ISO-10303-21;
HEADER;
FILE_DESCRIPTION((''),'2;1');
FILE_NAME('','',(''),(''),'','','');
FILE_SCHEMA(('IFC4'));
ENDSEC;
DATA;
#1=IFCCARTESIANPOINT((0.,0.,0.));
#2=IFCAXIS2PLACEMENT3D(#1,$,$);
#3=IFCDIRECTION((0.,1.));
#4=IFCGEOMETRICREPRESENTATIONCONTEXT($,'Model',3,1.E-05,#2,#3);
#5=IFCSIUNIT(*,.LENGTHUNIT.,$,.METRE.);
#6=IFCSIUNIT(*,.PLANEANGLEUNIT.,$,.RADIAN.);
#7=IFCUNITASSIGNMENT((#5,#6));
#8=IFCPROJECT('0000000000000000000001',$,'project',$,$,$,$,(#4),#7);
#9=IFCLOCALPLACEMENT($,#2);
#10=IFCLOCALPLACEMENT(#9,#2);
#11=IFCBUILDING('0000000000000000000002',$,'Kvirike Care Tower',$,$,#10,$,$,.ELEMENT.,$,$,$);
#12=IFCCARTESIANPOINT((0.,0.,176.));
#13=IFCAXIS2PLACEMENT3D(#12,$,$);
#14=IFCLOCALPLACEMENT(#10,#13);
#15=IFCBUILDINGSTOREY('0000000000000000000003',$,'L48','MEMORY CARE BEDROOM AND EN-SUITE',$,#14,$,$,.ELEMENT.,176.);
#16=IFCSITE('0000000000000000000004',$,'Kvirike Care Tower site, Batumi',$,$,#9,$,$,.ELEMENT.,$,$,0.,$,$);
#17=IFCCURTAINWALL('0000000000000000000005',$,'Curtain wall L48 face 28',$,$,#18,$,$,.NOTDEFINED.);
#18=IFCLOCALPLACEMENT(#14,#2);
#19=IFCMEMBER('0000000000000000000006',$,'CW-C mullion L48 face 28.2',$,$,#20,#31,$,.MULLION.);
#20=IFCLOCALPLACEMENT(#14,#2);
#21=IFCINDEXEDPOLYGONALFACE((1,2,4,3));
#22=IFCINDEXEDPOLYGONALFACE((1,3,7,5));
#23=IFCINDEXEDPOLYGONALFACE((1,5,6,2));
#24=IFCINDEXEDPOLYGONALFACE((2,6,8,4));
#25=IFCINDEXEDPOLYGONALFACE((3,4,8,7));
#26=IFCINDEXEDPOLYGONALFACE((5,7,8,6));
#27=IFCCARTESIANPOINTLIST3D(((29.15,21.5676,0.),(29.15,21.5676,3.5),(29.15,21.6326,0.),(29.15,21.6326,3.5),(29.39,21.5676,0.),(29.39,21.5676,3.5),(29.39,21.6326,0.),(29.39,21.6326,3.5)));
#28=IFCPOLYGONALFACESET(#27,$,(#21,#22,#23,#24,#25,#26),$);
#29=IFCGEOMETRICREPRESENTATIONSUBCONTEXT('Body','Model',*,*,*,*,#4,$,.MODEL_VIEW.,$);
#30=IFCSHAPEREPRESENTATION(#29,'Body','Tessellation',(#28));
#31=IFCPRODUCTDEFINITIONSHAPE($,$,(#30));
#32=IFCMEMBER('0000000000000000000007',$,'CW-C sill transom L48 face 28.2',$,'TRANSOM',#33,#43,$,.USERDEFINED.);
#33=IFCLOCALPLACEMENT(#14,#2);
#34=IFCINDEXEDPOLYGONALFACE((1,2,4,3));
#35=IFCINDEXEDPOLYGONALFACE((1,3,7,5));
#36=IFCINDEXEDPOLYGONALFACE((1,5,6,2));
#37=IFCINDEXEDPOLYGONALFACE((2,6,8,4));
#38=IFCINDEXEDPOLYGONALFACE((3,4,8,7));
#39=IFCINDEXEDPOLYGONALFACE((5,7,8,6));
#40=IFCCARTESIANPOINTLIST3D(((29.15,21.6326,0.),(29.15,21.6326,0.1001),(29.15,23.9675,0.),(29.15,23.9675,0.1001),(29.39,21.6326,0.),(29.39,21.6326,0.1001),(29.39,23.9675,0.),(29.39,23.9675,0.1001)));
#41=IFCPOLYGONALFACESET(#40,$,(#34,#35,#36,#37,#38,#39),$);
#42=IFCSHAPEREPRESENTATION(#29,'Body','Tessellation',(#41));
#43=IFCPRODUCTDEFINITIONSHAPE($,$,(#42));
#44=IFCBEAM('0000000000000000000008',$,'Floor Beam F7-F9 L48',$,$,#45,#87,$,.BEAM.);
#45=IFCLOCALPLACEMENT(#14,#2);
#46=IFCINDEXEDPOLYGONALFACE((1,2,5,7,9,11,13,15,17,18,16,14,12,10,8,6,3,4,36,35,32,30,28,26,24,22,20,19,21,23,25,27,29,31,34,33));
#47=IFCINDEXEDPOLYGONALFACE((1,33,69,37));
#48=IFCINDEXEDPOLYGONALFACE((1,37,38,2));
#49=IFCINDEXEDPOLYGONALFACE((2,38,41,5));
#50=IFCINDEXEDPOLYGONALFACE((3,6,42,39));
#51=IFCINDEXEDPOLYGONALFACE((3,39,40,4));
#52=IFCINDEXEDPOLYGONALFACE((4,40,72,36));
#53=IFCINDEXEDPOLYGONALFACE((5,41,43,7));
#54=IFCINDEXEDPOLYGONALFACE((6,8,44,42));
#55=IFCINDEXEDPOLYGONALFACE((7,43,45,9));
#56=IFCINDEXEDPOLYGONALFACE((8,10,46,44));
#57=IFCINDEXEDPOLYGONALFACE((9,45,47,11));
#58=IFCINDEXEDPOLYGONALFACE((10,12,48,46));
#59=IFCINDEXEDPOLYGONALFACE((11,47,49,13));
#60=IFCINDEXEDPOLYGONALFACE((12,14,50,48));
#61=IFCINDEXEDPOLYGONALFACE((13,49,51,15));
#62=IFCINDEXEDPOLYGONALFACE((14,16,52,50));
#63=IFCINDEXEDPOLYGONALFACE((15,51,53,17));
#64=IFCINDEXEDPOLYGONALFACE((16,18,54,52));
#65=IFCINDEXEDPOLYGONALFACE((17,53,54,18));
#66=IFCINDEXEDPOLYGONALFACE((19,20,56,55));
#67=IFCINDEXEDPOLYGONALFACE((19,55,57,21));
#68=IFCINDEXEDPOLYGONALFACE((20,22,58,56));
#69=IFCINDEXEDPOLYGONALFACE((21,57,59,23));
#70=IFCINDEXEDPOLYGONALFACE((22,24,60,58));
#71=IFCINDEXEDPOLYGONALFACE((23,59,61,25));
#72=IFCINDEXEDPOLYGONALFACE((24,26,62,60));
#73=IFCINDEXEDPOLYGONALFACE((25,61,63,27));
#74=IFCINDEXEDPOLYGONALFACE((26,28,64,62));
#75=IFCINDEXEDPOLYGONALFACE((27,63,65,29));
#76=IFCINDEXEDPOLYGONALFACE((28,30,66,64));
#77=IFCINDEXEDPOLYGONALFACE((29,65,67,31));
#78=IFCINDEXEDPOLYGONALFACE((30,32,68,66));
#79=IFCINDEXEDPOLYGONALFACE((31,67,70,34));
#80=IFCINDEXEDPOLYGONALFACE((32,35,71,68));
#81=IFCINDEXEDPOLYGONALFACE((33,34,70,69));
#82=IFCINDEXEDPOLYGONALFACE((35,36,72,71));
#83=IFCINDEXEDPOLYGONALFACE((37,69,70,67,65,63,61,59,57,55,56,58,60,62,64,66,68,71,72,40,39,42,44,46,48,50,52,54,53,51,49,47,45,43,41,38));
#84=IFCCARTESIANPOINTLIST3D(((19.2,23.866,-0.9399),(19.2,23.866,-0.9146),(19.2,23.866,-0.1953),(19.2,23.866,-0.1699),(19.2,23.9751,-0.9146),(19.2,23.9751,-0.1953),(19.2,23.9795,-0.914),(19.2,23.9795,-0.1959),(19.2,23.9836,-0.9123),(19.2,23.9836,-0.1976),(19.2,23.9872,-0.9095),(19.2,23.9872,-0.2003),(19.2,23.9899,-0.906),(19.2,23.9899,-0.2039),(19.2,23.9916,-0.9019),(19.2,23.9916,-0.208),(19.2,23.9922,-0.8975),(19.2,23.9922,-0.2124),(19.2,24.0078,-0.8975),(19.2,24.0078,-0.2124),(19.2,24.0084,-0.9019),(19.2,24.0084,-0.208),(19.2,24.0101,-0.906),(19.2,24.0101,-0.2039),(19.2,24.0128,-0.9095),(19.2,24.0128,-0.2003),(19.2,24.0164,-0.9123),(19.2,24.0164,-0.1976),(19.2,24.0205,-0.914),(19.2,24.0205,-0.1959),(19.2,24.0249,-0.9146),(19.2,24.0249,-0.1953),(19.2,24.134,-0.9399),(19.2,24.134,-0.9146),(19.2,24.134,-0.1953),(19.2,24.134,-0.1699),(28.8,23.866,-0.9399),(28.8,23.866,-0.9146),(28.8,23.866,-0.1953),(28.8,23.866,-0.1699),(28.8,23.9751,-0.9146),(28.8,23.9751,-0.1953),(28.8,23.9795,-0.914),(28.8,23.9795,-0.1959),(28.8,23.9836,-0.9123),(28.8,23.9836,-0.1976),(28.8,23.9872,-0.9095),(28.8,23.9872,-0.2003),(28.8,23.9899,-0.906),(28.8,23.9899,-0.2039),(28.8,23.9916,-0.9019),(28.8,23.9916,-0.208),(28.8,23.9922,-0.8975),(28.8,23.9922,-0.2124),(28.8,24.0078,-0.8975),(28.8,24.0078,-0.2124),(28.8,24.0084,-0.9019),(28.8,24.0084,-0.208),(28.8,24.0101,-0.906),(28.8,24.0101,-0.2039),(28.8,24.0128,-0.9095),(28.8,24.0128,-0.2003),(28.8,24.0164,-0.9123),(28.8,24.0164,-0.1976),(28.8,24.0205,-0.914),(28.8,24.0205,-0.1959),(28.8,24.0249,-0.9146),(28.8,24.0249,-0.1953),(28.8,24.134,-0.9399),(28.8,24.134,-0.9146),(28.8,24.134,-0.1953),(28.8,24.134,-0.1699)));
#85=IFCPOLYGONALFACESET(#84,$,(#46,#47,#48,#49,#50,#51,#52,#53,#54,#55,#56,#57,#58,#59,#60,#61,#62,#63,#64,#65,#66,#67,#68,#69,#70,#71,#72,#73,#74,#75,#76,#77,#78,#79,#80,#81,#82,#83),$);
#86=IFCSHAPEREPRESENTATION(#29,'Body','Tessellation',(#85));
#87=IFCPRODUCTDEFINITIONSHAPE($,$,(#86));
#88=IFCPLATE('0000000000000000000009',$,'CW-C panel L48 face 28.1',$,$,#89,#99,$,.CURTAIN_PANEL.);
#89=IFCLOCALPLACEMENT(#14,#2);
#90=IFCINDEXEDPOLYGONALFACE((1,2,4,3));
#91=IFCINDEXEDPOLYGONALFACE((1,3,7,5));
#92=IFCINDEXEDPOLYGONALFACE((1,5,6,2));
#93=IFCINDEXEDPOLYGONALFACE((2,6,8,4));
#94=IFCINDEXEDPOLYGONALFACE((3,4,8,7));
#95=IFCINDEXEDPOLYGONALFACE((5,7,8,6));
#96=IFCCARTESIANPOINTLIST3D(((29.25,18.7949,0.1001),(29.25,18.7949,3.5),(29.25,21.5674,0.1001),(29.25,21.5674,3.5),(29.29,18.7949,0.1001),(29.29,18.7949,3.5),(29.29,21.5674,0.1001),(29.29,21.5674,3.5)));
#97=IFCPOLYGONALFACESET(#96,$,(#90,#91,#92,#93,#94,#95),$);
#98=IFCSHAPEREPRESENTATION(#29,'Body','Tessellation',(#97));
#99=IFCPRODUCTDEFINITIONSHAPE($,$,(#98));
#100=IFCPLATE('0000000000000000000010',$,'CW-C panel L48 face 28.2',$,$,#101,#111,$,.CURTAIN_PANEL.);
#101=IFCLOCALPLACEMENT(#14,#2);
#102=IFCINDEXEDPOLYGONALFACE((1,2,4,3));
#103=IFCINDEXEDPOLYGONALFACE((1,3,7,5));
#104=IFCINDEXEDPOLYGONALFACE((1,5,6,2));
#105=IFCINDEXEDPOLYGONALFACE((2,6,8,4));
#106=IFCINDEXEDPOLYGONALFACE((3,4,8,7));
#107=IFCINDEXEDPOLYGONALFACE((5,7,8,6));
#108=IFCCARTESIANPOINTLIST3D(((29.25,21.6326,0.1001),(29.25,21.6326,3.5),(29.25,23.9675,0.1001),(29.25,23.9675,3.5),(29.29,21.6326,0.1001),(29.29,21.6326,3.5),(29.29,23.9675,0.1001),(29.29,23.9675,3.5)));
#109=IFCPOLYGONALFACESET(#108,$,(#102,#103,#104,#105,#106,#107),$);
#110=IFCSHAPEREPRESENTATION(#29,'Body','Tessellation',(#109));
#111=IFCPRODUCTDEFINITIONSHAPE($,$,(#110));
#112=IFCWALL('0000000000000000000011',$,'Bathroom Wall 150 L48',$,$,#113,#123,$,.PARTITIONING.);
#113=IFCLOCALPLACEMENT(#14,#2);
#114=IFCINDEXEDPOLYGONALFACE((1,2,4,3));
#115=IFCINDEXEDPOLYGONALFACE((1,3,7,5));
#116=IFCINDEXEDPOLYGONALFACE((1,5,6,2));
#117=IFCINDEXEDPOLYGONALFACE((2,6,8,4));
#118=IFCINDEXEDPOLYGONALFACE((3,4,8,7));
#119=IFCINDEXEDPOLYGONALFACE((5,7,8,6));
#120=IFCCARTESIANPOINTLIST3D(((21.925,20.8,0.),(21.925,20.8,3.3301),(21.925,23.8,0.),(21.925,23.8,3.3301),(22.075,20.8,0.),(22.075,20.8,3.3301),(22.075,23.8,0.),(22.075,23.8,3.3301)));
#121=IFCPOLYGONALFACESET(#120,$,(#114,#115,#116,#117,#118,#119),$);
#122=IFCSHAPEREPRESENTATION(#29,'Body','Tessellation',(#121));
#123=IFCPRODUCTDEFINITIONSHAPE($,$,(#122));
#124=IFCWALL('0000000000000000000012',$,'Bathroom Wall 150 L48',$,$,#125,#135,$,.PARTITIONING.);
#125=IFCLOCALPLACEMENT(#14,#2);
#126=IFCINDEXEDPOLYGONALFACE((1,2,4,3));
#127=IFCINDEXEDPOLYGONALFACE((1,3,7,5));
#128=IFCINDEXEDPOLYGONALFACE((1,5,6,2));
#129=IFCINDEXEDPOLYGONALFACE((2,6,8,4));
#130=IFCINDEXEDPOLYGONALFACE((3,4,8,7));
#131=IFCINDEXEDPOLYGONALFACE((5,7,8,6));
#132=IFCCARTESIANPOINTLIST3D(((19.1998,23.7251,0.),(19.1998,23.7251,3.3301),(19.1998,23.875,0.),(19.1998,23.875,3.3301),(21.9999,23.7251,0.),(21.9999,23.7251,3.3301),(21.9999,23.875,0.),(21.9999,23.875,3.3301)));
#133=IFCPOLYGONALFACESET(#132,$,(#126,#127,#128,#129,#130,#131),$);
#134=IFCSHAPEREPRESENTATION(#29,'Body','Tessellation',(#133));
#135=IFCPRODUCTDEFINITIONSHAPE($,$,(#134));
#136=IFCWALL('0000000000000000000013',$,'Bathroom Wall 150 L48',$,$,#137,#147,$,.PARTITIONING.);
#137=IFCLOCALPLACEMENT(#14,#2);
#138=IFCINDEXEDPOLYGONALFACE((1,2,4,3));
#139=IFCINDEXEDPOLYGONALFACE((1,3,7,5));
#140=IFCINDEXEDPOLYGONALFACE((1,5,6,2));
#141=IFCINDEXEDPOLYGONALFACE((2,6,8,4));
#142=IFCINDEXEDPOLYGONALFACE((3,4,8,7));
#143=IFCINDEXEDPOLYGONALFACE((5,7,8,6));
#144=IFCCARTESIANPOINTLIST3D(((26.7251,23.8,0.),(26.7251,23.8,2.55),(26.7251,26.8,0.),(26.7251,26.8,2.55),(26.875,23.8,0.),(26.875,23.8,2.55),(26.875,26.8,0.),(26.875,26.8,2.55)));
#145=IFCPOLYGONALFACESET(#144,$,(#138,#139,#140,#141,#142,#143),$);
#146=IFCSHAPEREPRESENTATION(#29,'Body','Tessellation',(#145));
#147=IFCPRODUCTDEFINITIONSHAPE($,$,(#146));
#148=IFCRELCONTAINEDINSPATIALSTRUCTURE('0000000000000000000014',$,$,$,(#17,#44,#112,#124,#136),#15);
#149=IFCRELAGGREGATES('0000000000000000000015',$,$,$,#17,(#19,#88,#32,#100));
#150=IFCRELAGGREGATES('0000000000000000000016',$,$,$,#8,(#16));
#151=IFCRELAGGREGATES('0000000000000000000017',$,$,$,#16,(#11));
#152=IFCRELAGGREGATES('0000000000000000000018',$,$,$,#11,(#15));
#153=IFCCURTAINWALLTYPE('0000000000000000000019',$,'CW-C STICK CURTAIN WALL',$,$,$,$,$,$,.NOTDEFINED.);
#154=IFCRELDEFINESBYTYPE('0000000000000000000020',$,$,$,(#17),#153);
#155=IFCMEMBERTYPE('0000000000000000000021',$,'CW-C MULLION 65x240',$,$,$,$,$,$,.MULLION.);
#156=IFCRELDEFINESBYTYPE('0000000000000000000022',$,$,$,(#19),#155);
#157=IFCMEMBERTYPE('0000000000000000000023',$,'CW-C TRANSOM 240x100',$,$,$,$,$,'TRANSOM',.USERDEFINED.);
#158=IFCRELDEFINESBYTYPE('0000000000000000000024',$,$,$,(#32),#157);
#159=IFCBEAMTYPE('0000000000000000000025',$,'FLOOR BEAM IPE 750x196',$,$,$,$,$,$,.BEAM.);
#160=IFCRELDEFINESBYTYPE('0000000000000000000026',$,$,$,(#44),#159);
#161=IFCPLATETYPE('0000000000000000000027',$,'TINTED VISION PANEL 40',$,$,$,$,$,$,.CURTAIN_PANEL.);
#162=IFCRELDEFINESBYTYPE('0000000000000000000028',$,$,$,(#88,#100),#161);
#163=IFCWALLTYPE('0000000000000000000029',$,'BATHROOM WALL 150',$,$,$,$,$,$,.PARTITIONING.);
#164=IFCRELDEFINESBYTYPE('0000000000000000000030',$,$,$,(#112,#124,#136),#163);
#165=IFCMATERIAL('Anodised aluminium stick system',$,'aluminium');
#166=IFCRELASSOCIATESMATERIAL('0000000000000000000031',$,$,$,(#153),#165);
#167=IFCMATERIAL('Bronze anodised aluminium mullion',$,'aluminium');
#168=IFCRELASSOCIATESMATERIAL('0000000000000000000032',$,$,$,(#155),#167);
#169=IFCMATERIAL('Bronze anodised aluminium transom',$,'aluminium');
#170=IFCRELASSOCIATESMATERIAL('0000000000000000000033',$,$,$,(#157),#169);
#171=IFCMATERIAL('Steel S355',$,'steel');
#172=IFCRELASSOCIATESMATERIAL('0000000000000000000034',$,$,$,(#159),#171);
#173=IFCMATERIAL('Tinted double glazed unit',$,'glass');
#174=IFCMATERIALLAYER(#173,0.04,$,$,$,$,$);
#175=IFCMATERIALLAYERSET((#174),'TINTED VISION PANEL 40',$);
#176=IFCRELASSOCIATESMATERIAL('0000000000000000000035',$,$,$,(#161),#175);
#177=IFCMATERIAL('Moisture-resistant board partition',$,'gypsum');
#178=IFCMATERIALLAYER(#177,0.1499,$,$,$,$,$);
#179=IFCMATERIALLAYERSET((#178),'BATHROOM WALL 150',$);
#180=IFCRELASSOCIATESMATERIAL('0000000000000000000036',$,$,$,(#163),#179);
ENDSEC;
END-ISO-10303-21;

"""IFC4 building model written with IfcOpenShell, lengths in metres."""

from ifc_helpers import new_model, si_unit, direction, frame, frame_2d, origin, origin_2d, place, context, subcontext, project, spatial, rectangle, i_section, extrude, material, layer, layer_set, material_profile, profile_set, type_object, element, aggregate, save


model = new_model("IFC4")

# Units and contexts
model_context = context("Model", 3, precision=1e-05, world=origin(), true_north=direction((0.0, 1.0)))
body_context = subcontext(model_context, "Body", "Model", "MODEL_VIEW")
ifc_project = project(units=[si_unit("LENGTHUNIT", "METRE"), si_unit("PLANEANGLEUNIT", "RADIAN")], contexts=[model_context])

# Site, building, storey
site_placement = place(None, origin())
site = spatial("IfcSite", under=ifc_project, at=site_placement, Name="Kvirike Care Tower site, Batumi", CompositionType="ELEMENT", RefElevation=0.0)
building_placement = place(site_placement, origin())
building = spatial("IfcBuilding", under=site, at=building_placement, Name="Kvirike Care Tower", CompositionType="ELEMENT")
storey_placement = place(building_placement, frame((0.0, 0.0, 176.0)))
storey = spatial("IfcBuildingStorey", under=building, at=storey_placement, Name="L48", Description="MEMORY CARE BEDROOM AND EN-SUITE", CompositionType="ELEMENT", Elevation=176.0)

# Curtain wall, members
ifc_material_1 = material(Name="Anodised aluminium stick system", Category="aluminium")
curtain_wall_type = type_object("IfcCurtainWallType", Name="CW-C STICK CURTAIN WALL", PredefinedType="NOTDEFINED", material=ifc_material_1)
curtain_wall_placement = place(storey_placement, origin())
curtain_wall = element("IfcCurtainWall", 1, at=curtain_wall_placement, inside=storey, type_object=curtain_wall_type, Name="Curtain wall L48 face 28", PredefinedType="NOTDEFINED")
ifc_material_2 = material(Name="Bronze anodised aluminium mullion", Category="aluminium")
ifc_material_profile_1 = material_profile(ifc_material_2, rectangle(XDim=0.0649, YDim=0.24, at=origin_2d()), Name="CW-C MULLION 65x240")
ifc_profile_set_1 = profile_set([ifc_material_profile_1], Name="Bronze anodised aluminium mullion")
member_type_1 = type_object("IfcMemberType", Name="CW-C MULLION 65x240", PredefinedType="MULLION", material=ifc_profile_set_1)
member_1_placement = place(storey_placement, frame((29.27, 21.6001, 0.0), z_axis=(0.0, 0.0, 1.0), x_axis=(0.0, 1.0, 0.0)))
member_1 = element("IfcMember", 2, at=member_1_placement, type_object=member_type_1, Name="CW-C mullion L48 face 28.2", PredefinedType="MULLION", context=body_context, shape_type="SweptSolid", body=[
    extrude(rectangle(XDim=0.0649, YDim=0.24, at=origin_2d()), origin(), (0.0, 0.0, 1.0), 3.5),
])
ifc_material_3 = material(Name="Bronze anodised aluminium transom", Category="aluminium")
ifc_material_profile_2 = material_profile(ifc_material_3, rectangle(XDim=0.24, YDim=0.1001, at=origin_2d()), Name="CW-C TRANSOM 240x100")
ifc_profile_set_2 = profile_set([ifc_material_profile_2], Name="Bronze anodised aluminium transom")
member_type_2 = type_object("IfcMemberType", Name="CW-C TRANSOM 240x100", ElementType="TRANSOM", PredefinedType="USERDEFINED", material=ifc_profile_set_2)
member_2_placement = place(storey_placement, frame((29.27, 21.6326, 0.05), z_axis=(0.0, 1.0, 0.0), x_axis=(-1.0, 0.0, 0.0)))
member_2 = element("IfcMember", 3, at=member_2_placement, type_object=member_type_2, Name="CW-C sill transom L48 face 28.2", ObjectType="TRANSOM", PredefinedType="USERDEFINED", context=body_context, shape_type="SweptSolid", body=[
    extrude(rectangle(XDim=0.24, YDim=0.1001, at=origin_2d()), origin(), (0.0, 0.0, 1.0), 2.335),
])

# Beam
ifc_material_4 = material(Name="Steel S355", Category="steel")
ifc_material_profile_3 = material_profile(ifc_material_4, i_section(OverallWidth=0.2681, OverallDepth=0.77, WebThickness=0.0156, FlangeThickness=0.0254, FilletRadius=0.0171, at=origin_2d()), Name="IPE 750x196")
ifc_profile_set_3 = profile_set([ifc_material_profile_3], Name="Steel S355")
beam_type = type_object("IfcBeamType", Name="FLOOR BEAM IPE 750x196", PredefinedType="BEAM", material=ifc_profile_set_3)
beam_placement = place(storey_placement, frame((19.2, 24.0, -0.5549), z_axis=(1.0, 0.0, 0.0), x_axis=(0.0, 1.0, 0.0)))
element("IfcBeam", 4, at=beam_placement, inside=storey, type_object=beam_type, Name="Floor Beam F7-F9 L48", PredefinedType="BEAM", context=body_context, shape_type="SweptSolid", body=[
    extrude(i_section(OverallWidth=0.2681, OverallDepth=0.77, WebThickness=0.0156, FlangeThickness=0.0254, FilletRadius=0.0171, at=origin_2d()), origin(), (0.0, 0.0, 1.0), 9.6001),
])

# Plates
ifc_material_5 = material(Name="Tinted double glazed unit", Category="glass")
ifc_layer_1 = layer(ifc_material_5, 0.04)
ifc_layer_set_1 = layer_set([ifc_layer_1], Name="TINTED VISION PANEL 40")
plate_type = type_object("IfcPlateType", Name="TINTED VISION PANEL 40", PredefinedType="CURTAIN_PANEL", material=ifc_layer_set_1)
plate_1_placement = place(storey_placement, frame((29.27, 20.1812, 0.1001), z_axis=(0.0, 0.0, 1.0), x_axis=(0.0, 1.0, 0.0)))
plate_1 = element("IfcPlate", 5, at=plate_1_placement, type_object=plate_type, Name="CW-C panel L48 face 28.1", PredefinedType="CURTAIN_PANEL", context=body_context, shape_type="SweptSolid", body=[
    extrude(rectangle(XDim=2.7725, YDim=0.04, at=origin_2d()), origin(), (0.0, 0.0, 1.0), 3.3999),
])
plate_2_placement = place(storey_placement, frame((29.27, 22.8, 0.1001), z_axis=(0.0, 0.0, 1.0), x_axis=(0.0, 1.0, 0.0)))
plate_2 = element("IfcPlate", 6, at=plate_2_placement, type_object=plate_type, Name="CW-C panel L48 face 28.2", PredefinedType="CURTAIN_PANEL", context=body_context, shape_type="SweptSolid", body=[
    extrude(rectangle(XDim=2.335, YDim=0.04, at=origin_2d()), origin(), (0.0, 0.0, 1.0), 3.3999),
])
aggregate(curtain_wall, [member_1, plate_1, member_2, plate_2])

# Walls
ifc_material_6 = material(Name="Moisture-resistant board partition", Category="gypsum")
ifc_layer_2 = layer(ifc_material_6, 0.1499)
ifc_layer_set_2 = layer_set([ifc_layer_2], Name="BATHROOM WALL 150")
wall_type_1 = type_object("IfcWallType", Name="BATHROOM WALL 150", PredefinedType="PARTITIONING", material=ifc_layer_set_2)
wall_1_placement = place(storey_placement, frame((22.0, 20.8, 0.0), z_axis=(0.0, 0.0, 1.0), x_axis=(0.0, 1.0, 0.0)))
element("IfcWall", 7, at=wall_1_placement, inside=storey, type_object=wall_type_1, Name="Bathroom Wall 150 L48", PredefinedType="PARTITIONING", context=body_context, shape_type="SweptSolid", body=[
    extrude(rectangle(XDim=3.0, YDim=0.1499, at=frame_2d((1.5, 0.0))), origin(), (0.0, 0.0, 1.0), 3.3301),
])
wall_2_placement = place(storey_placement, frame((19.2, 23.8, 0.0), z_axis=(0.0, 0.0, 1.0), x_axis=(1.0, 0.0, 0.0)))
element("IfcWall", 8, at=wall_2_placement, inside=storey, type_object=wall_type_1, Name="Bathroom Wall 150 L48", PredefinedType="PARTITIONING", context=body_context, shape_type="SweptSolid", body=[
    extrude(rectangle(XDim=2.8, YDim=0.1499, at=frame_2d((1.3999, 0.0))), origin(), (0.0, 0.0, 1.0), 3.3301),
])
wall_3_placement = place(storey_placement, frame((26.8, 23.8, 0.0), z_axis=(0.0, 0.0, 1.0), x_axis=(0.0, 1.0, 0.0)))
element("IfcWall", 9, at=wall_3_placement, inside=storey, type_object=wall_type_1, Name="Bathroom Wall 150 L48", PredefinedType="PARTITIONING", context=body_context, shape_type="SweptSolid", body=[
    extrude(rectangle(XDim=3.0, YDim=0.1499, at=frame_2d((1.5, 0.0))), origin(), (0.0, 0.0, 1.0), 2.55),
])

save(model, "model.ifc")
